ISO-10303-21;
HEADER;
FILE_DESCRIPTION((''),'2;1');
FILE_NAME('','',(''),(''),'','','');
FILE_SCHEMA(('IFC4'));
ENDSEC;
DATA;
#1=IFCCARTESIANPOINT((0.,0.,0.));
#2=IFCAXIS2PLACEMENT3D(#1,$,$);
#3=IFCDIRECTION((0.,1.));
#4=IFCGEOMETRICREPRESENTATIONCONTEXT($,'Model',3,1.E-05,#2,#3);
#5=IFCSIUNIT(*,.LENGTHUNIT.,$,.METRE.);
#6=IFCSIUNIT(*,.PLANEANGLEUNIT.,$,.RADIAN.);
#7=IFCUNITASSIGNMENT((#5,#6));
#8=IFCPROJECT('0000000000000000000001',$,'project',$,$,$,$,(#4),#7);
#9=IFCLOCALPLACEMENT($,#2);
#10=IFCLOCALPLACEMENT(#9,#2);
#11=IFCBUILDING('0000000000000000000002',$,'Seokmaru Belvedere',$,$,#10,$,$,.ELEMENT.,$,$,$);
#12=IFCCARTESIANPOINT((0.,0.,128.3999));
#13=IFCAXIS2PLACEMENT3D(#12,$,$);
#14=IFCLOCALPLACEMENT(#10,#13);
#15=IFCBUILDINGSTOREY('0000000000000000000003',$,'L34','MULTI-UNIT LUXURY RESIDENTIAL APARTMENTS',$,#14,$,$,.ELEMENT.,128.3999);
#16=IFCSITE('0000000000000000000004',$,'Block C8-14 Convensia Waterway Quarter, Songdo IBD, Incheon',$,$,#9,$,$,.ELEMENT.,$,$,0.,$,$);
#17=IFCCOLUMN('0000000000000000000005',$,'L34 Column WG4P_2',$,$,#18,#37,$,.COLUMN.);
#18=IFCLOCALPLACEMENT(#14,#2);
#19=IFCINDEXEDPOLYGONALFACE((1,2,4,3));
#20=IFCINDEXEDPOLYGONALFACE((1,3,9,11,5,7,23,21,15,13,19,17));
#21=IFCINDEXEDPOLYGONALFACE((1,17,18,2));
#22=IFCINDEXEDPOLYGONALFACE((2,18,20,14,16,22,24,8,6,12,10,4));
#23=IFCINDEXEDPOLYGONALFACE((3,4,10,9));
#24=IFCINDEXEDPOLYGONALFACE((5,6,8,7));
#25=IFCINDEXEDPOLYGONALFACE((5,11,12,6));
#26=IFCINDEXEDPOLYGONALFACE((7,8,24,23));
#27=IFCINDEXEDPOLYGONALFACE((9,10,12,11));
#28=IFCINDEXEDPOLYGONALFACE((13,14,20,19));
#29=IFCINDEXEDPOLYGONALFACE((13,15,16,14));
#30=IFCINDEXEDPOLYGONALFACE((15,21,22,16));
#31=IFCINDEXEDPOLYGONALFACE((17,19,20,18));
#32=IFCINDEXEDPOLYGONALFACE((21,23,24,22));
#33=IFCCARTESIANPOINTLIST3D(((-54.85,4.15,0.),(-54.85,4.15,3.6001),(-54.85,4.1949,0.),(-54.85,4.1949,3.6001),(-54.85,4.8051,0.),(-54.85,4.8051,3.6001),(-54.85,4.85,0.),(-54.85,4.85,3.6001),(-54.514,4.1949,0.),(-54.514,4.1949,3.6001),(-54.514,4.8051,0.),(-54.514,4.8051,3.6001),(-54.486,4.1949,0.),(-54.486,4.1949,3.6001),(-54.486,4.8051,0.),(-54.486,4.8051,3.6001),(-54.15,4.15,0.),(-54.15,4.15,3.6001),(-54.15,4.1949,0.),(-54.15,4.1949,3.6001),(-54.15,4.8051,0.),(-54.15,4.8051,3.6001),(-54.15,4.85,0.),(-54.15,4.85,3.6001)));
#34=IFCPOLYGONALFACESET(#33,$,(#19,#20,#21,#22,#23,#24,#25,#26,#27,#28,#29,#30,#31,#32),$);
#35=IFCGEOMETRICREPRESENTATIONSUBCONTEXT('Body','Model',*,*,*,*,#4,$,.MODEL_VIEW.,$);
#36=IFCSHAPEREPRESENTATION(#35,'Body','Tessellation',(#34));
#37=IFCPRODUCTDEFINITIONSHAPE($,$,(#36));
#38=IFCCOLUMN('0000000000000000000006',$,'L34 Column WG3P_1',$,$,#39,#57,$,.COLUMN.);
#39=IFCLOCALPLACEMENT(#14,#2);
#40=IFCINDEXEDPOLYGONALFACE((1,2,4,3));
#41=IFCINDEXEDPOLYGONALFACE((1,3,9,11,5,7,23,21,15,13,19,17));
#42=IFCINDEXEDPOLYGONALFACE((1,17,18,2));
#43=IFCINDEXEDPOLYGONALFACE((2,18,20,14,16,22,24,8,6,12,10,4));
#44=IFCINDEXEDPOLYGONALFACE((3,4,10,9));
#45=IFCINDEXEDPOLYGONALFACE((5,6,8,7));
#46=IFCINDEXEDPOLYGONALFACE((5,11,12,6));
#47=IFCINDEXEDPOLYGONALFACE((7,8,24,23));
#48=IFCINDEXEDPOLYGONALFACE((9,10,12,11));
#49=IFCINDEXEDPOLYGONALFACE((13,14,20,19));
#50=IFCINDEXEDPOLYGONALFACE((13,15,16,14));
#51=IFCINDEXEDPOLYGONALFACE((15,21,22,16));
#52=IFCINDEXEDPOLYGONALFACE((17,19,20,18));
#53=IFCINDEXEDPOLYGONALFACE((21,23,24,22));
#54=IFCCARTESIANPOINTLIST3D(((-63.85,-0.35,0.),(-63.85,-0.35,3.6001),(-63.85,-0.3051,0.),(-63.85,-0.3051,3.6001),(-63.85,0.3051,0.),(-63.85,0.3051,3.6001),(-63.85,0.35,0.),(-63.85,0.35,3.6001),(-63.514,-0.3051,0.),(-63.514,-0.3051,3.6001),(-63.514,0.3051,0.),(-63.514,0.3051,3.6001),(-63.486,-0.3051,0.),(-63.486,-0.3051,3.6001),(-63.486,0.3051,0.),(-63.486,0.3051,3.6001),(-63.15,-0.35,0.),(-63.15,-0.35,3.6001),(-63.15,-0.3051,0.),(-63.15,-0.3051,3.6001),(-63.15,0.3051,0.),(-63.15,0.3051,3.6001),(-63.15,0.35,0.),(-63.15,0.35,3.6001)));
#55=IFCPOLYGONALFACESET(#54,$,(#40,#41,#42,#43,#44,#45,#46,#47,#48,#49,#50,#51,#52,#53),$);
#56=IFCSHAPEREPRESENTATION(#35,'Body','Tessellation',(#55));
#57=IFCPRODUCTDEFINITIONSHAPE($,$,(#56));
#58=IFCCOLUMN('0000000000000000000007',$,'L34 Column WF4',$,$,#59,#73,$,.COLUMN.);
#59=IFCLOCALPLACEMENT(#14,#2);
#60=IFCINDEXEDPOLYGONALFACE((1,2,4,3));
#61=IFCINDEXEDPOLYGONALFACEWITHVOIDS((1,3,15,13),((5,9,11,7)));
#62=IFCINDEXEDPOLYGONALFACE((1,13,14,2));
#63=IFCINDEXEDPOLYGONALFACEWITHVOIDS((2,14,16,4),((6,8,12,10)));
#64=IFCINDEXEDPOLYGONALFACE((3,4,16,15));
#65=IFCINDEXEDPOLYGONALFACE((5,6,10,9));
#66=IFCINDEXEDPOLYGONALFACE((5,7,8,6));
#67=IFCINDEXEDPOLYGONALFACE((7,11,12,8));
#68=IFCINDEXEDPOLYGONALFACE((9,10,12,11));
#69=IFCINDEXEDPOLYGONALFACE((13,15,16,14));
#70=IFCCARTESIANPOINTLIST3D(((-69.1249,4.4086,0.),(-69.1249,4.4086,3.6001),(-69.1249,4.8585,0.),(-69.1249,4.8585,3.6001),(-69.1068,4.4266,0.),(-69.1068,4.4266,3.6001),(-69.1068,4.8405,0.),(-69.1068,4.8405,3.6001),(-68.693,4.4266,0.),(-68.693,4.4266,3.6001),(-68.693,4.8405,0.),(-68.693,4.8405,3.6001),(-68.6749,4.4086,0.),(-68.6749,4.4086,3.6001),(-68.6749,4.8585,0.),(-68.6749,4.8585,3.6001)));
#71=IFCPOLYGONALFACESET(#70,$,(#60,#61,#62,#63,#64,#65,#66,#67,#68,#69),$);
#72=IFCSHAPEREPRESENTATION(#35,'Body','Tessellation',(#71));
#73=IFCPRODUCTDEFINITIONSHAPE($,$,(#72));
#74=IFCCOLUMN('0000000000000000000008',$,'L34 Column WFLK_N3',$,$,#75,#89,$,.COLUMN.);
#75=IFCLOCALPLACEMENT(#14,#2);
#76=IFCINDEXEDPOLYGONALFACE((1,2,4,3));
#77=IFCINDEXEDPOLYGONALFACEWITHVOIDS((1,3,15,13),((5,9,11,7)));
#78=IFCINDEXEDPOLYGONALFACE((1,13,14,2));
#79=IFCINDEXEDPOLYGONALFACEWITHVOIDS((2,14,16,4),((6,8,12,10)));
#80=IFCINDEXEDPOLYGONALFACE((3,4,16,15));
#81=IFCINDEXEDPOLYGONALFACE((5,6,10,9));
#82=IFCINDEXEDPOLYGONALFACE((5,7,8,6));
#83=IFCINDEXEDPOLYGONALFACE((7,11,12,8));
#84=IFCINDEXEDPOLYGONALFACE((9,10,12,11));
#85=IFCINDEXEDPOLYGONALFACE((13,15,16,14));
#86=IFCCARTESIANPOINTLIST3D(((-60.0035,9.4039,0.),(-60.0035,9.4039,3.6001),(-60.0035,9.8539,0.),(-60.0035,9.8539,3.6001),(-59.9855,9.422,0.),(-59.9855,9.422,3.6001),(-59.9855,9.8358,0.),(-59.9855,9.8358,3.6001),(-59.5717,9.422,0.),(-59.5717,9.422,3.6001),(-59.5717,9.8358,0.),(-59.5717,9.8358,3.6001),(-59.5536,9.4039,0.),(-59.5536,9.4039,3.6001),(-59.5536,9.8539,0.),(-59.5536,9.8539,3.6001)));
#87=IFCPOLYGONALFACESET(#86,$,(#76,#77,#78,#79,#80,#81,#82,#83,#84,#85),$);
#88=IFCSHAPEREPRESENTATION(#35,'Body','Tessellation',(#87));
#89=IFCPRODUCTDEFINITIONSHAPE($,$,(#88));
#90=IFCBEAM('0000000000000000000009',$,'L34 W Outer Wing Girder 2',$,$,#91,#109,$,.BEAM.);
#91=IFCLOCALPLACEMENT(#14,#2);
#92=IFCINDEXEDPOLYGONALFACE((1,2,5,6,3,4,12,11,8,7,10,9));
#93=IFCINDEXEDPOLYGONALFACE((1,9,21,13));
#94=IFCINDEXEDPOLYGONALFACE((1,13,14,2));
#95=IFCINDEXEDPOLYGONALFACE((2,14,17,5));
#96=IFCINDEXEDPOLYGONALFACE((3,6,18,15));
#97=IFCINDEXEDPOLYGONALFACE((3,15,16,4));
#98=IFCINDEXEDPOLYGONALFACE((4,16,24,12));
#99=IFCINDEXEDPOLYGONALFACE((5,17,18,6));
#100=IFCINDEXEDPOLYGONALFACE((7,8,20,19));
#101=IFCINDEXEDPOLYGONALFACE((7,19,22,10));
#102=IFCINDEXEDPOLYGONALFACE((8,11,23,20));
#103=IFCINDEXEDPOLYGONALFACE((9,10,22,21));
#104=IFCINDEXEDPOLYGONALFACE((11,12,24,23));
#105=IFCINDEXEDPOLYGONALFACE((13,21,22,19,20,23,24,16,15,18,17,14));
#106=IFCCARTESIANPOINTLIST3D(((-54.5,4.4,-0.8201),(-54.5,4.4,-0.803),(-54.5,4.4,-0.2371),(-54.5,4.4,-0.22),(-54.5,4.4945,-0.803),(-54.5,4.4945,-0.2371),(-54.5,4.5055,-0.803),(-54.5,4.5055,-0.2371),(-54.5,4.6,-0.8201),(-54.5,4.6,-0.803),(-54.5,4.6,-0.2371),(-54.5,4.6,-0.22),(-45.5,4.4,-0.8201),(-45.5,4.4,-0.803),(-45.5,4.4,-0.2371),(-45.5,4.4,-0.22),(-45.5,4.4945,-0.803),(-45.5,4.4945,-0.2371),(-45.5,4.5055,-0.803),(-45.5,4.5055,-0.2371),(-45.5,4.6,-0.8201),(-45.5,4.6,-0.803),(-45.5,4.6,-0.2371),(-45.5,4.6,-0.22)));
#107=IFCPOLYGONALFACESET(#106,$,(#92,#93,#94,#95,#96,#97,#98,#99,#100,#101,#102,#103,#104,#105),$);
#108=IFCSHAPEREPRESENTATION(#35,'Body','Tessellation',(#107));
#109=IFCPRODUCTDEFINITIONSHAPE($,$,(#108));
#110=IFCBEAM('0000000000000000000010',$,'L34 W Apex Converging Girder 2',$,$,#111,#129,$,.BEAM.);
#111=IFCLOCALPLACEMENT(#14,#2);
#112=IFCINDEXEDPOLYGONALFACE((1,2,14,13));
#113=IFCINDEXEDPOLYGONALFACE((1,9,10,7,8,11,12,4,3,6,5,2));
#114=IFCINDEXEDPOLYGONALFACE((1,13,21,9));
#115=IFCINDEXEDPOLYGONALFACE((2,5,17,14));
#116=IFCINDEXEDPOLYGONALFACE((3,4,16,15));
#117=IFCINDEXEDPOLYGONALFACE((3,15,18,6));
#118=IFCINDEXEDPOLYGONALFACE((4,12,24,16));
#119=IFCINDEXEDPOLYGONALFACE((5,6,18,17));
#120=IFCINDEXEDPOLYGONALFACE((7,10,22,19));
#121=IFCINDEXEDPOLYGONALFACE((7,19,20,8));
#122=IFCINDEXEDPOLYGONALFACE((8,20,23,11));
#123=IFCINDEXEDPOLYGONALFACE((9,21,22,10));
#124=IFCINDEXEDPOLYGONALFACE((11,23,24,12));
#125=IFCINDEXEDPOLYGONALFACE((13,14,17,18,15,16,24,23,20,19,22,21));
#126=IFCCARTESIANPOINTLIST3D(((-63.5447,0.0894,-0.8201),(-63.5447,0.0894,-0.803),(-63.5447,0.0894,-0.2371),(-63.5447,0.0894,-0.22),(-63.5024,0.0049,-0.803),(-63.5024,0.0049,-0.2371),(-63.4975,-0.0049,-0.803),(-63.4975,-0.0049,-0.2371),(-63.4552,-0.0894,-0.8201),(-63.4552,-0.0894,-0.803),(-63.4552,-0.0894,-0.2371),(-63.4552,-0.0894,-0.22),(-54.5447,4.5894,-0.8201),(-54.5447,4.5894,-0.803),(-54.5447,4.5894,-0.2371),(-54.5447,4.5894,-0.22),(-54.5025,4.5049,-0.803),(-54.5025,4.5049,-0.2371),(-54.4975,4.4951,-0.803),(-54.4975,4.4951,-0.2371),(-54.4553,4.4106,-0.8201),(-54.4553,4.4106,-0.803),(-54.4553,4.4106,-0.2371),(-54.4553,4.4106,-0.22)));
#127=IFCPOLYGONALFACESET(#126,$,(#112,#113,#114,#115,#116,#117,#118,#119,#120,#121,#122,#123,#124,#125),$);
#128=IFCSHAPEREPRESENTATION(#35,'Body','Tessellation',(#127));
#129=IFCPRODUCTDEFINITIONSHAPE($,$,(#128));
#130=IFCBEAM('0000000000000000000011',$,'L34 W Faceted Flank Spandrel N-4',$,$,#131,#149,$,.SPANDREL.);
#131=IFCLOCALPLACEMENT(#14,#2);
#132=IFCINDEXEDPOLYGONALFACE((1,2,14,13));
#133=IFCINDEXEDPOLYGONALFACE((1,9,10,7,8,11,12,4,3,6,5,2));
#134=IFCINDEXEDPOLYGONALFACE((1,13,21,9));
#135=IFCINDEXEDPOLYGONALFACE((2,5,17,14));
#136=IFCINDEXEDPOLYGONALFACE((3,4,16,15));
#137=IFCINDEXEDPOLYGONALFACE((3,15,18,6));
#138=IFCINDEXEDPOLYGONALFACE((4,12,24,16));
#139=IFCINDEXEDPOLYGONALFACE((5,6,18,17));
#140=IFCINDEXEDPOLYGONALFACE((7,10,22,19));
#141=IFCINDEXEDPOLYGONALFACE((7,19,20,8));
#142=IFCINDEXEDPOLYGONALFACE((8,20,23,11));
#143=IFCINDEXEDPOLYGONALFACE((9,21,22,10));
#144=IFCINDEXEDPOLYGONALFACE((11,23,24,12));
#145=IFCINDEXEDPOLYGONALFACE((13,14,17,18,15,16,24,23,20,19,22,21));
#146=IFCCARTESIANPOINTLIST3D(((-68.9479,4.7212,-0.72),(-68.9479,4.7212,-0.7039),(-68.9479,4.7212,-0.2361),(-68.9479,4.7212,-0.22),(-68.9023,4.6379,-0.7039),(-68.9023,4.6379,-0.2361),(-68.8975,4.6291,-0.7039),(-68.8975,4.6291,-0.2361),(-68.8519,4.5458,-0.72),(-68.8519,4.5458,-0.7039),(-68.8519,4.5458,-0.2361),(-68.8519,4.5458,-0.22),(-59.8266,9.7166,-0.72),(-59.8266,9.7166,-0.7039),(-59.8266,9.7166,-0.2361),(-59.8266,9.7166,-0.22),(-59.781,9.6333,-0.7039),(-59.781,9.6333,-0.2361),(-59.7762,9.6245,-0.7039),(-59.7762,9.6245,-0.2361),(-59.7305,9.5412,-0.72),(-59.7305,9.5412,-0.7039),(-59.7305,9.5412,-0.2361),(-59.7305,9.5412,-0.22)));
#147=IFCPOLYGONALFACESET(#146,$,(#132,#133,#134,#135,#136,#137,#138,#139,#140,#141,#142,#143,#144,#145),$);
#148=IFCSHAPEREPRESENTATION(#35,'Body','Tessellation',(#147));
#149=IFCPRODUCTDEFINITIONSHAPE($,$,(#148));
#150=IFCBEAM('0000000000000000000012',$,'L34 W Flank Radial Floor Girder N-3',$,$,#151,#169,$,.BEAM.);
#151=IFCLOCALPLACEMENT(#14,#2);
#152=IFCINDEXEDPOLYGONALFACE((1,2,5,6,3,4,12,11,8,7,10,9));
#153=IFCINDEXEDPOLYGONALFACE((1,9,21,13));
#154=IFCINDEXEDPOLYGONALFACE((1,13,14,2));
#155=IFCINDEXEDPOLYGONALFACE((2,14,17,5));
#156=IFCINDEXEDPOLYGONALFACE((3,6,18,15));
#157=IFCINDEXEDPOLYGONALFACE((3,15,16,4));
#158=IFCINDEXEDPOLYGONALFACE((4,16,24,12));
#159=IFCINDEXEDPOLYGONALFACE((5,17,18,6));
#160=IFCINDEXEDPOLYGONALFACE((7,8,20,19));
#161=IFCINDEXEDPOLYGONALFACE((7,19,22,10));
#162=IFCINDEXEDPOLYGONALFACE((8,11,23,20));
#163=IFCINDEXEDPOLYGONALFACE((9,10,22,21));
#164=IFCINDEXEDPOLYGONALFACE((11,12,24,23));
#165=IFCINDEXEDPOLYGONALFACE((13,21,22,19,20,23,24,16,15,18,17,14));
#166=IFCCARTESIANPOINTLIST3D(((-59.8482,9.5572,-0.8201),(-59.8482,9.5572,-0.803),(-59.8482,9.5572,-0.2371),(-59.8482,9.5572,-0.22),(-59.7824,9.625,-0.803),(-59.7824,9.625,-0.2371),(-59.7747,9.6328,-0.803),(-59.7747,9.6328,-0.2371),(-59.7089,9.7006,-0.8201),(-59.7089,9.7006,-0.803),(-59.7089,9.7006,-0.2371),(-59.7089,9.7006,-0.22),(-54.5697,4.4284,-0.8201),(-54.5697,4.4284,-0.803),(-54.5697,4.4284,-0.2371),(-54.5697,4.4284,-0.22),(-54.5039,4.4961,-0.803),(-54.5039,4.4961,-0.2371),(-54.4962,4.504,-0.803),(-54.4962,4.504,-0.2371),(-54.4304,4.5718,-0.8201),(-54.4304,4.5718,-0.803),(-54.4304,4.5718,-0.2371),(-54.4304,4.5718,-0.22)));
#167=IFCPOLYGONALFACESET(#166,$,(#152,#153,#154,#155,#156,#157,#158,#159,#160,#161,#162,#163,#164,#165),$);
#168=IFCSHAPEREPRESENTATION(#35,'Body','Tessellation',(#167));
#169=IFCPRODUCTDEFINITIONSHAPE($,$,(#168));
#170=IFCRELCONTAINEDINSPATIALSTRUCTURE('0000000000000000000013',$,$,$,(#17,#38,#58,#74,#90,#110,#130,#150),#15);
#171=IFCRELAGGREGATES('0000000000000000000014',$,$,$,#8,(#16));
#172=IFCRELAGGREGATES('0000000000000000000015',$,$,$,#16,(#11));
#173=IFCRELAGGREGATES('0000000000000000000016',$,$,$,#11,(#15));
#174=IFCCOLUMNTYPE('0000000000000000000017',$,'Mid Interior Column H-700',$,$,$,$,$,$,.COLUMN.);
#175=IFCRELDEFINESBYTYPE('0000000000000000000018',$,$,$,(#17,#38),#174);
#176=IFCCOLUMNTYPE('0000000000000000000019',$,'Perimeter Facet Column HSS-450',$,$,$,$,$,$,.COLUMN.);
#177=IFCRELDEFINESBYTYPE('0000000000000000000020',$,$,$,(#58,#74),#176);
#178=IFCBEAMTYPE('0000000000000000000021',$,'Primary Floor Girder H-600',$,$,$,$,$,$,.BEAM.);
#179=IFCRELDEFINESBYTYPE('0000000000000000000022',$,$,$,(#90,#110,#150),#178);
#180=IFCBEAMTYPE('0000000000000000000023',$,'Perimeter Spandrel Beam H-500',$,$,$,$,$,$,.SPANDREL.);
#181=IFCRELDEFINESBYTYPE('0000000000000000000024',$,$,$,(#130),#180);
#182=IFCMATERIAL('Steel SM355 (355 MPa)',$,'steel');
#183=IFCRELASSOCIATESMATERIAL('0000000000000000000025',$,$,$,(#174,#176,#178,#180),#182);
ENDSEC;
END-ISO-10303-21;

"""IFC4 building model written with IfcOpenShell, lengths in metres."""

from ifc_helpers import new_model, si_unit, direction, frame, origin, origin_2d, place, context, subcontext, project, spatial, hollow_rectangle, i_section, extrude, source, transform, mapped, material, material_profile, profile_set, type_object, type_shapes, element, save


model = new_model("IFC4")

# Units and contexts
model_context = context("Model", 3, precision=1e-05, world=origin(), true_north=direction((0.0, 1.0)))
body_context = subcontext(model_context, "Body", "Model", "MODEL_VIEW")
ifc_project = project(units=[si_unit("LENGTHUNIT", "METRE"), si_unit("PLANEANGLEUNIT", "RADIAN")], contexts=[model_context])

# Site, building, storey
site_placement = place(None, origin())
site = spatial("IfcSite", under=ifc_project, at=site_placement, Name="Block C8-14 Convensia Waterway Quarter, Songdo IBD, Incheon", CompositionType="ELEMENT", RefElevation=0.0)
building_placement = place(site_placement, origin())
building = spatial("IfcBuilding", under=site, at=building_placement, Name="Seokmaru Belvedere", CompositionType="ELEMENT")
storey_placement = place(building_placement, frame((0.0, 0.0, 128.3999)))
storey = spatial("IfcBuildingStorey", under=building, at=storey_placement, Name="L34", Description="MULTI-UNIT LUXURY RESIDENTIAL APARTMENTS", CompositionType="ELEMENT", Elevation=128.3999)

# Columns
ifc_material_1 = material(Name="Steel SM355 (355 MPa)", Category="steel")
ifc_material_profile_1 = material_profile(ifc_material_1, i_section(OverallWidth=0.7, OverallDepth=0.7, WebThickness=0.0281, FlangeThickness=0.0449, at=origin_2d()), Name="H-700x700x28x45")
ifc_profile_set_1 = profile_set([ifc_material_profile_1], Name="Steel SM355 (355 MPa)")
column_type_1 = type_object("IfcColumnType", Name="Mid Interior Column H-700", PredefinedType="COLUMN", material=ifc_profile_set_1)
shared_shape_1 = source(origin(), body_context, "Body", "SweptSolid", [
    extrude(i_section(OverallWidth=0.7, OverallDepth=0.7, WebThickness=0.0281, FlangeThickness=0.0449, at=origin_2d()), origin(), (0.0, 0.0, 1.0), 3.6001),
])
type_shapes(column_type_1, [shared_shape_1])
for number, where, z_axis, x_axis, name in (
    (1, (-54.5, 4.5, 0.0), (0.0, 0.0, 1.0), (1.0, 0.0, 0.0), "L34 Column WG4P_2"),
    (2, (-63.5, 0.0, 0.0), (0.0, 0.0, 1.0), (1.0, 0.0, 0.0), "L34 Column WG3P_1"),
):
    element("IfcColumn", number, at=place(storey_placement, frame(where, z_axis=z_axis, x_axis=x_axis)), inside=storey, type_object=column_type_1, Name=name, PredefinedType="COLUMN", context=body_context, shape_type="MappedRepresentation", body=[
        mapped(shared_shape_1, transform((0.0, 0.0, 0.0), scale=1.0)),
    ])
ifc_material_profile_2 = material_profile(ifc_material_1, hollow_rectangle(XDim=0.45, YDim=0.45, WallThickness=0.0181, at=origin_2d()), Name="HSS-450x450x18")
ifc_profile_set_2 = profile_set([ifc_material_profile_2], Name="Steel SM355 (355 MPa)")
column_type_2 = type_object("IfcColumnType", Name="Perimeter Facet Column HSS-450", PredefinedType="COLUMN", material=ifc_profile_set_2)
shared_shape_2 = source(origin(), body_context, "Body", "SweptSolid", [
    extrude(hollow_rectangle(XDim=0.45, YDim=0.45, WallThickness=0.0181, at=origin_2d()), origin(), (0.0, 0.0, 1.0), 3.6001),
])
type_shapes(column_type_2, [shared_shape_2])
for number, where, z_axis, x_axis, name in (
    (3, (-68.8999, 4.6335, 0.0), (0.0, 0.0, 1.0), (1.0, 0.0, 0.0), "L34 Column WF4"),
    (4, (-59.7786, 9.6289, 0.0), (0.0, 0.0, 1.0), (1.0, 0.0, 0.0), "L34 Column WFLK_N3"),
):
    element("IfcColumn", number, at=place(storey_placement, frame(where, z_axis=z_axis, x_axis=x_axis)), inside=storey, type_object=column_type_2, Name=name, PredefinedType="COLUMN", context=body_context, shape_type="MappedRepresentation", body=[
        mapped(shared_shape_2, transform((0.0, 0.0, 0.0), scale=1.0)),
    ])

# Beams
ifc_material_profile_3 = material_profile(ifc_material_1, i_section(OverallWidth=0.2, OverallDepth=0.6001, WebThickness=0.011, FlangeThickness=0.0171, at=origin_2d()), Name="H-600x200x11x17")
ifc_profile_set_3 = profile_set([ifc_material_profile_3], Name="Steel SM355 (355 MPa)")
beam_type_1 = type_object("IfcBeamType", Name="Primary Floor Girder H-600", PredefinedType="BEAM", material=ifc_profile_set_3)
shared_shape_3 = source(origin(), body_context, "Body", "SweptSolid", [
    extrude(i_section(OverallWidth=0.2, OverallDepth=0.6001, WebThickness=0.011, FlangeThickness=0.0171, at=origin_2d()), origin(), (0.0, 0.0, 1.0), 9.0),
])
beam_1_placement = place(storey_placement, frame((-54.5, 4.5, -0.52), z_axis=(1.0, 0.0, 0.0), x_axis=(0.0, 1.0, 0.0)))
element("IfcBeam", 5, at=beam_1_placement, inside=storey, type_object=beam_type_1, Name="L34 W Outer Wing Girder 2", PredefinedType="BEAM", context=body_context, shape_type="MappedRepresentation", body=[
    mapped(shared_shape_3, transform((0.0, 0.0, 0.0), scale=1.0)),
])
shared_shape_4 = source(origin(), body_context, "Body", "SweptSolid", [
    extrude(i_section(OverallWidth=0.2, OverallDepth=0.6001, WebThickness=0.011, FlangeThickness=0.0171, at=origin_2d()), origin(), (0.0, 0.0, 1.0), 10.0623),
])
beam_2_placement = place(storey_placement, frame((-54.5, 4.5, -0.52), z_axis=(-0.894427, -0.447214, 0.0), x_axis=(0.447214, -0.894427, 0.0)))
element("IfcBeam", 6, at=beam_2_placement, inside=storey, type_object=beam_type_1, Name="L34 W Apex Converging Girder 2", PredefinedType="BEAM", context=body_context, shape_type="MappedRepresentation", body=[
    mapped(shared_shape_4, transform((0.0, 0.0, 0.0), scale=1.0)),
])
ifc_material_profile_4 = material_profile(ifc_material_1, i_section(OverallWidth=0.2, OverallDepth=0.5, WebThickness=0.01, FlangeThickness=0.0161, at=origin_2d()), Name="H-500x200x10x16")
ifc_profile_set_4 = profile_set([ifc_material_profile_4], Name="Steel SM355 (355 MPa)")
beam_type_2 = type_object("IfcBeamType", Name="Perimeter Spandrel Beam H-500", PredefinedType="SPANDREL", material=ifc_profile_set_4)
shared_shape_5 = source(origin(), body_context, "Body", "SweptSolid", [
    extrude(i_section(OverallWidth=0.2, OverallDepth=0.5, WebThickness=0.01, FlangeThickness=0.0161, at=origin_2d()), origin(), (0.0, 0.0, 1.0), 10.3997),
])
type_shapes(beam_type_2, [shared_shape_5])
beam_3_placement = place(storey_placement, frame((-59.7786, 9.6289, -0.47), z_axis=(-0.877082, -0.48034, 0.0), x_axis=(0.48034, -0.877082, 0.0)))
element("IfcBeam", 7, at=beam_3_placement, inside=storey, type_object=beam_type_2, Name="L34 W Faceted Flank Spandrel N-4", PredefinedType="SPANDREL", context=body_context, shape_type="MappedRepresentation", body=[
    mapped(shared_shape_5, transform((0.0, 0.0, 0.0), scale=1.0)),
])
shared_shape_6 = source(origin(), body_context, "Body", "SweptSolid", [
    extrude(i_section(OverallWidth=0.2, OverallDepth=0.6001, WebThickness=0.011, FlangeThickness=0.0171, at=origin_2d()), origin(), (0.0, 0.0, 1.0), 7.3599),
])
beam_4_placement = place(storey_placement, frame((-59.7786, 9.6289, -0.52), z_axis=(0.717201, -0.696867, 0.0), x_axis=(0.696867, 0.717201, 0.0)))
element("IfcBeam", 8, at=beam_4_placement, inside=storey, type_object=beam_type_1, Name="L34 W Flank Radial Floor Girder N-3", PredefinedType="BEAM", context=body_context, shape_type="MappedRepresentation", body=[
    mapped(shared_shape_6, transform((0.0, 0.0, 0.0), scale=1.0)),
])

save(model, "model.ifc")
